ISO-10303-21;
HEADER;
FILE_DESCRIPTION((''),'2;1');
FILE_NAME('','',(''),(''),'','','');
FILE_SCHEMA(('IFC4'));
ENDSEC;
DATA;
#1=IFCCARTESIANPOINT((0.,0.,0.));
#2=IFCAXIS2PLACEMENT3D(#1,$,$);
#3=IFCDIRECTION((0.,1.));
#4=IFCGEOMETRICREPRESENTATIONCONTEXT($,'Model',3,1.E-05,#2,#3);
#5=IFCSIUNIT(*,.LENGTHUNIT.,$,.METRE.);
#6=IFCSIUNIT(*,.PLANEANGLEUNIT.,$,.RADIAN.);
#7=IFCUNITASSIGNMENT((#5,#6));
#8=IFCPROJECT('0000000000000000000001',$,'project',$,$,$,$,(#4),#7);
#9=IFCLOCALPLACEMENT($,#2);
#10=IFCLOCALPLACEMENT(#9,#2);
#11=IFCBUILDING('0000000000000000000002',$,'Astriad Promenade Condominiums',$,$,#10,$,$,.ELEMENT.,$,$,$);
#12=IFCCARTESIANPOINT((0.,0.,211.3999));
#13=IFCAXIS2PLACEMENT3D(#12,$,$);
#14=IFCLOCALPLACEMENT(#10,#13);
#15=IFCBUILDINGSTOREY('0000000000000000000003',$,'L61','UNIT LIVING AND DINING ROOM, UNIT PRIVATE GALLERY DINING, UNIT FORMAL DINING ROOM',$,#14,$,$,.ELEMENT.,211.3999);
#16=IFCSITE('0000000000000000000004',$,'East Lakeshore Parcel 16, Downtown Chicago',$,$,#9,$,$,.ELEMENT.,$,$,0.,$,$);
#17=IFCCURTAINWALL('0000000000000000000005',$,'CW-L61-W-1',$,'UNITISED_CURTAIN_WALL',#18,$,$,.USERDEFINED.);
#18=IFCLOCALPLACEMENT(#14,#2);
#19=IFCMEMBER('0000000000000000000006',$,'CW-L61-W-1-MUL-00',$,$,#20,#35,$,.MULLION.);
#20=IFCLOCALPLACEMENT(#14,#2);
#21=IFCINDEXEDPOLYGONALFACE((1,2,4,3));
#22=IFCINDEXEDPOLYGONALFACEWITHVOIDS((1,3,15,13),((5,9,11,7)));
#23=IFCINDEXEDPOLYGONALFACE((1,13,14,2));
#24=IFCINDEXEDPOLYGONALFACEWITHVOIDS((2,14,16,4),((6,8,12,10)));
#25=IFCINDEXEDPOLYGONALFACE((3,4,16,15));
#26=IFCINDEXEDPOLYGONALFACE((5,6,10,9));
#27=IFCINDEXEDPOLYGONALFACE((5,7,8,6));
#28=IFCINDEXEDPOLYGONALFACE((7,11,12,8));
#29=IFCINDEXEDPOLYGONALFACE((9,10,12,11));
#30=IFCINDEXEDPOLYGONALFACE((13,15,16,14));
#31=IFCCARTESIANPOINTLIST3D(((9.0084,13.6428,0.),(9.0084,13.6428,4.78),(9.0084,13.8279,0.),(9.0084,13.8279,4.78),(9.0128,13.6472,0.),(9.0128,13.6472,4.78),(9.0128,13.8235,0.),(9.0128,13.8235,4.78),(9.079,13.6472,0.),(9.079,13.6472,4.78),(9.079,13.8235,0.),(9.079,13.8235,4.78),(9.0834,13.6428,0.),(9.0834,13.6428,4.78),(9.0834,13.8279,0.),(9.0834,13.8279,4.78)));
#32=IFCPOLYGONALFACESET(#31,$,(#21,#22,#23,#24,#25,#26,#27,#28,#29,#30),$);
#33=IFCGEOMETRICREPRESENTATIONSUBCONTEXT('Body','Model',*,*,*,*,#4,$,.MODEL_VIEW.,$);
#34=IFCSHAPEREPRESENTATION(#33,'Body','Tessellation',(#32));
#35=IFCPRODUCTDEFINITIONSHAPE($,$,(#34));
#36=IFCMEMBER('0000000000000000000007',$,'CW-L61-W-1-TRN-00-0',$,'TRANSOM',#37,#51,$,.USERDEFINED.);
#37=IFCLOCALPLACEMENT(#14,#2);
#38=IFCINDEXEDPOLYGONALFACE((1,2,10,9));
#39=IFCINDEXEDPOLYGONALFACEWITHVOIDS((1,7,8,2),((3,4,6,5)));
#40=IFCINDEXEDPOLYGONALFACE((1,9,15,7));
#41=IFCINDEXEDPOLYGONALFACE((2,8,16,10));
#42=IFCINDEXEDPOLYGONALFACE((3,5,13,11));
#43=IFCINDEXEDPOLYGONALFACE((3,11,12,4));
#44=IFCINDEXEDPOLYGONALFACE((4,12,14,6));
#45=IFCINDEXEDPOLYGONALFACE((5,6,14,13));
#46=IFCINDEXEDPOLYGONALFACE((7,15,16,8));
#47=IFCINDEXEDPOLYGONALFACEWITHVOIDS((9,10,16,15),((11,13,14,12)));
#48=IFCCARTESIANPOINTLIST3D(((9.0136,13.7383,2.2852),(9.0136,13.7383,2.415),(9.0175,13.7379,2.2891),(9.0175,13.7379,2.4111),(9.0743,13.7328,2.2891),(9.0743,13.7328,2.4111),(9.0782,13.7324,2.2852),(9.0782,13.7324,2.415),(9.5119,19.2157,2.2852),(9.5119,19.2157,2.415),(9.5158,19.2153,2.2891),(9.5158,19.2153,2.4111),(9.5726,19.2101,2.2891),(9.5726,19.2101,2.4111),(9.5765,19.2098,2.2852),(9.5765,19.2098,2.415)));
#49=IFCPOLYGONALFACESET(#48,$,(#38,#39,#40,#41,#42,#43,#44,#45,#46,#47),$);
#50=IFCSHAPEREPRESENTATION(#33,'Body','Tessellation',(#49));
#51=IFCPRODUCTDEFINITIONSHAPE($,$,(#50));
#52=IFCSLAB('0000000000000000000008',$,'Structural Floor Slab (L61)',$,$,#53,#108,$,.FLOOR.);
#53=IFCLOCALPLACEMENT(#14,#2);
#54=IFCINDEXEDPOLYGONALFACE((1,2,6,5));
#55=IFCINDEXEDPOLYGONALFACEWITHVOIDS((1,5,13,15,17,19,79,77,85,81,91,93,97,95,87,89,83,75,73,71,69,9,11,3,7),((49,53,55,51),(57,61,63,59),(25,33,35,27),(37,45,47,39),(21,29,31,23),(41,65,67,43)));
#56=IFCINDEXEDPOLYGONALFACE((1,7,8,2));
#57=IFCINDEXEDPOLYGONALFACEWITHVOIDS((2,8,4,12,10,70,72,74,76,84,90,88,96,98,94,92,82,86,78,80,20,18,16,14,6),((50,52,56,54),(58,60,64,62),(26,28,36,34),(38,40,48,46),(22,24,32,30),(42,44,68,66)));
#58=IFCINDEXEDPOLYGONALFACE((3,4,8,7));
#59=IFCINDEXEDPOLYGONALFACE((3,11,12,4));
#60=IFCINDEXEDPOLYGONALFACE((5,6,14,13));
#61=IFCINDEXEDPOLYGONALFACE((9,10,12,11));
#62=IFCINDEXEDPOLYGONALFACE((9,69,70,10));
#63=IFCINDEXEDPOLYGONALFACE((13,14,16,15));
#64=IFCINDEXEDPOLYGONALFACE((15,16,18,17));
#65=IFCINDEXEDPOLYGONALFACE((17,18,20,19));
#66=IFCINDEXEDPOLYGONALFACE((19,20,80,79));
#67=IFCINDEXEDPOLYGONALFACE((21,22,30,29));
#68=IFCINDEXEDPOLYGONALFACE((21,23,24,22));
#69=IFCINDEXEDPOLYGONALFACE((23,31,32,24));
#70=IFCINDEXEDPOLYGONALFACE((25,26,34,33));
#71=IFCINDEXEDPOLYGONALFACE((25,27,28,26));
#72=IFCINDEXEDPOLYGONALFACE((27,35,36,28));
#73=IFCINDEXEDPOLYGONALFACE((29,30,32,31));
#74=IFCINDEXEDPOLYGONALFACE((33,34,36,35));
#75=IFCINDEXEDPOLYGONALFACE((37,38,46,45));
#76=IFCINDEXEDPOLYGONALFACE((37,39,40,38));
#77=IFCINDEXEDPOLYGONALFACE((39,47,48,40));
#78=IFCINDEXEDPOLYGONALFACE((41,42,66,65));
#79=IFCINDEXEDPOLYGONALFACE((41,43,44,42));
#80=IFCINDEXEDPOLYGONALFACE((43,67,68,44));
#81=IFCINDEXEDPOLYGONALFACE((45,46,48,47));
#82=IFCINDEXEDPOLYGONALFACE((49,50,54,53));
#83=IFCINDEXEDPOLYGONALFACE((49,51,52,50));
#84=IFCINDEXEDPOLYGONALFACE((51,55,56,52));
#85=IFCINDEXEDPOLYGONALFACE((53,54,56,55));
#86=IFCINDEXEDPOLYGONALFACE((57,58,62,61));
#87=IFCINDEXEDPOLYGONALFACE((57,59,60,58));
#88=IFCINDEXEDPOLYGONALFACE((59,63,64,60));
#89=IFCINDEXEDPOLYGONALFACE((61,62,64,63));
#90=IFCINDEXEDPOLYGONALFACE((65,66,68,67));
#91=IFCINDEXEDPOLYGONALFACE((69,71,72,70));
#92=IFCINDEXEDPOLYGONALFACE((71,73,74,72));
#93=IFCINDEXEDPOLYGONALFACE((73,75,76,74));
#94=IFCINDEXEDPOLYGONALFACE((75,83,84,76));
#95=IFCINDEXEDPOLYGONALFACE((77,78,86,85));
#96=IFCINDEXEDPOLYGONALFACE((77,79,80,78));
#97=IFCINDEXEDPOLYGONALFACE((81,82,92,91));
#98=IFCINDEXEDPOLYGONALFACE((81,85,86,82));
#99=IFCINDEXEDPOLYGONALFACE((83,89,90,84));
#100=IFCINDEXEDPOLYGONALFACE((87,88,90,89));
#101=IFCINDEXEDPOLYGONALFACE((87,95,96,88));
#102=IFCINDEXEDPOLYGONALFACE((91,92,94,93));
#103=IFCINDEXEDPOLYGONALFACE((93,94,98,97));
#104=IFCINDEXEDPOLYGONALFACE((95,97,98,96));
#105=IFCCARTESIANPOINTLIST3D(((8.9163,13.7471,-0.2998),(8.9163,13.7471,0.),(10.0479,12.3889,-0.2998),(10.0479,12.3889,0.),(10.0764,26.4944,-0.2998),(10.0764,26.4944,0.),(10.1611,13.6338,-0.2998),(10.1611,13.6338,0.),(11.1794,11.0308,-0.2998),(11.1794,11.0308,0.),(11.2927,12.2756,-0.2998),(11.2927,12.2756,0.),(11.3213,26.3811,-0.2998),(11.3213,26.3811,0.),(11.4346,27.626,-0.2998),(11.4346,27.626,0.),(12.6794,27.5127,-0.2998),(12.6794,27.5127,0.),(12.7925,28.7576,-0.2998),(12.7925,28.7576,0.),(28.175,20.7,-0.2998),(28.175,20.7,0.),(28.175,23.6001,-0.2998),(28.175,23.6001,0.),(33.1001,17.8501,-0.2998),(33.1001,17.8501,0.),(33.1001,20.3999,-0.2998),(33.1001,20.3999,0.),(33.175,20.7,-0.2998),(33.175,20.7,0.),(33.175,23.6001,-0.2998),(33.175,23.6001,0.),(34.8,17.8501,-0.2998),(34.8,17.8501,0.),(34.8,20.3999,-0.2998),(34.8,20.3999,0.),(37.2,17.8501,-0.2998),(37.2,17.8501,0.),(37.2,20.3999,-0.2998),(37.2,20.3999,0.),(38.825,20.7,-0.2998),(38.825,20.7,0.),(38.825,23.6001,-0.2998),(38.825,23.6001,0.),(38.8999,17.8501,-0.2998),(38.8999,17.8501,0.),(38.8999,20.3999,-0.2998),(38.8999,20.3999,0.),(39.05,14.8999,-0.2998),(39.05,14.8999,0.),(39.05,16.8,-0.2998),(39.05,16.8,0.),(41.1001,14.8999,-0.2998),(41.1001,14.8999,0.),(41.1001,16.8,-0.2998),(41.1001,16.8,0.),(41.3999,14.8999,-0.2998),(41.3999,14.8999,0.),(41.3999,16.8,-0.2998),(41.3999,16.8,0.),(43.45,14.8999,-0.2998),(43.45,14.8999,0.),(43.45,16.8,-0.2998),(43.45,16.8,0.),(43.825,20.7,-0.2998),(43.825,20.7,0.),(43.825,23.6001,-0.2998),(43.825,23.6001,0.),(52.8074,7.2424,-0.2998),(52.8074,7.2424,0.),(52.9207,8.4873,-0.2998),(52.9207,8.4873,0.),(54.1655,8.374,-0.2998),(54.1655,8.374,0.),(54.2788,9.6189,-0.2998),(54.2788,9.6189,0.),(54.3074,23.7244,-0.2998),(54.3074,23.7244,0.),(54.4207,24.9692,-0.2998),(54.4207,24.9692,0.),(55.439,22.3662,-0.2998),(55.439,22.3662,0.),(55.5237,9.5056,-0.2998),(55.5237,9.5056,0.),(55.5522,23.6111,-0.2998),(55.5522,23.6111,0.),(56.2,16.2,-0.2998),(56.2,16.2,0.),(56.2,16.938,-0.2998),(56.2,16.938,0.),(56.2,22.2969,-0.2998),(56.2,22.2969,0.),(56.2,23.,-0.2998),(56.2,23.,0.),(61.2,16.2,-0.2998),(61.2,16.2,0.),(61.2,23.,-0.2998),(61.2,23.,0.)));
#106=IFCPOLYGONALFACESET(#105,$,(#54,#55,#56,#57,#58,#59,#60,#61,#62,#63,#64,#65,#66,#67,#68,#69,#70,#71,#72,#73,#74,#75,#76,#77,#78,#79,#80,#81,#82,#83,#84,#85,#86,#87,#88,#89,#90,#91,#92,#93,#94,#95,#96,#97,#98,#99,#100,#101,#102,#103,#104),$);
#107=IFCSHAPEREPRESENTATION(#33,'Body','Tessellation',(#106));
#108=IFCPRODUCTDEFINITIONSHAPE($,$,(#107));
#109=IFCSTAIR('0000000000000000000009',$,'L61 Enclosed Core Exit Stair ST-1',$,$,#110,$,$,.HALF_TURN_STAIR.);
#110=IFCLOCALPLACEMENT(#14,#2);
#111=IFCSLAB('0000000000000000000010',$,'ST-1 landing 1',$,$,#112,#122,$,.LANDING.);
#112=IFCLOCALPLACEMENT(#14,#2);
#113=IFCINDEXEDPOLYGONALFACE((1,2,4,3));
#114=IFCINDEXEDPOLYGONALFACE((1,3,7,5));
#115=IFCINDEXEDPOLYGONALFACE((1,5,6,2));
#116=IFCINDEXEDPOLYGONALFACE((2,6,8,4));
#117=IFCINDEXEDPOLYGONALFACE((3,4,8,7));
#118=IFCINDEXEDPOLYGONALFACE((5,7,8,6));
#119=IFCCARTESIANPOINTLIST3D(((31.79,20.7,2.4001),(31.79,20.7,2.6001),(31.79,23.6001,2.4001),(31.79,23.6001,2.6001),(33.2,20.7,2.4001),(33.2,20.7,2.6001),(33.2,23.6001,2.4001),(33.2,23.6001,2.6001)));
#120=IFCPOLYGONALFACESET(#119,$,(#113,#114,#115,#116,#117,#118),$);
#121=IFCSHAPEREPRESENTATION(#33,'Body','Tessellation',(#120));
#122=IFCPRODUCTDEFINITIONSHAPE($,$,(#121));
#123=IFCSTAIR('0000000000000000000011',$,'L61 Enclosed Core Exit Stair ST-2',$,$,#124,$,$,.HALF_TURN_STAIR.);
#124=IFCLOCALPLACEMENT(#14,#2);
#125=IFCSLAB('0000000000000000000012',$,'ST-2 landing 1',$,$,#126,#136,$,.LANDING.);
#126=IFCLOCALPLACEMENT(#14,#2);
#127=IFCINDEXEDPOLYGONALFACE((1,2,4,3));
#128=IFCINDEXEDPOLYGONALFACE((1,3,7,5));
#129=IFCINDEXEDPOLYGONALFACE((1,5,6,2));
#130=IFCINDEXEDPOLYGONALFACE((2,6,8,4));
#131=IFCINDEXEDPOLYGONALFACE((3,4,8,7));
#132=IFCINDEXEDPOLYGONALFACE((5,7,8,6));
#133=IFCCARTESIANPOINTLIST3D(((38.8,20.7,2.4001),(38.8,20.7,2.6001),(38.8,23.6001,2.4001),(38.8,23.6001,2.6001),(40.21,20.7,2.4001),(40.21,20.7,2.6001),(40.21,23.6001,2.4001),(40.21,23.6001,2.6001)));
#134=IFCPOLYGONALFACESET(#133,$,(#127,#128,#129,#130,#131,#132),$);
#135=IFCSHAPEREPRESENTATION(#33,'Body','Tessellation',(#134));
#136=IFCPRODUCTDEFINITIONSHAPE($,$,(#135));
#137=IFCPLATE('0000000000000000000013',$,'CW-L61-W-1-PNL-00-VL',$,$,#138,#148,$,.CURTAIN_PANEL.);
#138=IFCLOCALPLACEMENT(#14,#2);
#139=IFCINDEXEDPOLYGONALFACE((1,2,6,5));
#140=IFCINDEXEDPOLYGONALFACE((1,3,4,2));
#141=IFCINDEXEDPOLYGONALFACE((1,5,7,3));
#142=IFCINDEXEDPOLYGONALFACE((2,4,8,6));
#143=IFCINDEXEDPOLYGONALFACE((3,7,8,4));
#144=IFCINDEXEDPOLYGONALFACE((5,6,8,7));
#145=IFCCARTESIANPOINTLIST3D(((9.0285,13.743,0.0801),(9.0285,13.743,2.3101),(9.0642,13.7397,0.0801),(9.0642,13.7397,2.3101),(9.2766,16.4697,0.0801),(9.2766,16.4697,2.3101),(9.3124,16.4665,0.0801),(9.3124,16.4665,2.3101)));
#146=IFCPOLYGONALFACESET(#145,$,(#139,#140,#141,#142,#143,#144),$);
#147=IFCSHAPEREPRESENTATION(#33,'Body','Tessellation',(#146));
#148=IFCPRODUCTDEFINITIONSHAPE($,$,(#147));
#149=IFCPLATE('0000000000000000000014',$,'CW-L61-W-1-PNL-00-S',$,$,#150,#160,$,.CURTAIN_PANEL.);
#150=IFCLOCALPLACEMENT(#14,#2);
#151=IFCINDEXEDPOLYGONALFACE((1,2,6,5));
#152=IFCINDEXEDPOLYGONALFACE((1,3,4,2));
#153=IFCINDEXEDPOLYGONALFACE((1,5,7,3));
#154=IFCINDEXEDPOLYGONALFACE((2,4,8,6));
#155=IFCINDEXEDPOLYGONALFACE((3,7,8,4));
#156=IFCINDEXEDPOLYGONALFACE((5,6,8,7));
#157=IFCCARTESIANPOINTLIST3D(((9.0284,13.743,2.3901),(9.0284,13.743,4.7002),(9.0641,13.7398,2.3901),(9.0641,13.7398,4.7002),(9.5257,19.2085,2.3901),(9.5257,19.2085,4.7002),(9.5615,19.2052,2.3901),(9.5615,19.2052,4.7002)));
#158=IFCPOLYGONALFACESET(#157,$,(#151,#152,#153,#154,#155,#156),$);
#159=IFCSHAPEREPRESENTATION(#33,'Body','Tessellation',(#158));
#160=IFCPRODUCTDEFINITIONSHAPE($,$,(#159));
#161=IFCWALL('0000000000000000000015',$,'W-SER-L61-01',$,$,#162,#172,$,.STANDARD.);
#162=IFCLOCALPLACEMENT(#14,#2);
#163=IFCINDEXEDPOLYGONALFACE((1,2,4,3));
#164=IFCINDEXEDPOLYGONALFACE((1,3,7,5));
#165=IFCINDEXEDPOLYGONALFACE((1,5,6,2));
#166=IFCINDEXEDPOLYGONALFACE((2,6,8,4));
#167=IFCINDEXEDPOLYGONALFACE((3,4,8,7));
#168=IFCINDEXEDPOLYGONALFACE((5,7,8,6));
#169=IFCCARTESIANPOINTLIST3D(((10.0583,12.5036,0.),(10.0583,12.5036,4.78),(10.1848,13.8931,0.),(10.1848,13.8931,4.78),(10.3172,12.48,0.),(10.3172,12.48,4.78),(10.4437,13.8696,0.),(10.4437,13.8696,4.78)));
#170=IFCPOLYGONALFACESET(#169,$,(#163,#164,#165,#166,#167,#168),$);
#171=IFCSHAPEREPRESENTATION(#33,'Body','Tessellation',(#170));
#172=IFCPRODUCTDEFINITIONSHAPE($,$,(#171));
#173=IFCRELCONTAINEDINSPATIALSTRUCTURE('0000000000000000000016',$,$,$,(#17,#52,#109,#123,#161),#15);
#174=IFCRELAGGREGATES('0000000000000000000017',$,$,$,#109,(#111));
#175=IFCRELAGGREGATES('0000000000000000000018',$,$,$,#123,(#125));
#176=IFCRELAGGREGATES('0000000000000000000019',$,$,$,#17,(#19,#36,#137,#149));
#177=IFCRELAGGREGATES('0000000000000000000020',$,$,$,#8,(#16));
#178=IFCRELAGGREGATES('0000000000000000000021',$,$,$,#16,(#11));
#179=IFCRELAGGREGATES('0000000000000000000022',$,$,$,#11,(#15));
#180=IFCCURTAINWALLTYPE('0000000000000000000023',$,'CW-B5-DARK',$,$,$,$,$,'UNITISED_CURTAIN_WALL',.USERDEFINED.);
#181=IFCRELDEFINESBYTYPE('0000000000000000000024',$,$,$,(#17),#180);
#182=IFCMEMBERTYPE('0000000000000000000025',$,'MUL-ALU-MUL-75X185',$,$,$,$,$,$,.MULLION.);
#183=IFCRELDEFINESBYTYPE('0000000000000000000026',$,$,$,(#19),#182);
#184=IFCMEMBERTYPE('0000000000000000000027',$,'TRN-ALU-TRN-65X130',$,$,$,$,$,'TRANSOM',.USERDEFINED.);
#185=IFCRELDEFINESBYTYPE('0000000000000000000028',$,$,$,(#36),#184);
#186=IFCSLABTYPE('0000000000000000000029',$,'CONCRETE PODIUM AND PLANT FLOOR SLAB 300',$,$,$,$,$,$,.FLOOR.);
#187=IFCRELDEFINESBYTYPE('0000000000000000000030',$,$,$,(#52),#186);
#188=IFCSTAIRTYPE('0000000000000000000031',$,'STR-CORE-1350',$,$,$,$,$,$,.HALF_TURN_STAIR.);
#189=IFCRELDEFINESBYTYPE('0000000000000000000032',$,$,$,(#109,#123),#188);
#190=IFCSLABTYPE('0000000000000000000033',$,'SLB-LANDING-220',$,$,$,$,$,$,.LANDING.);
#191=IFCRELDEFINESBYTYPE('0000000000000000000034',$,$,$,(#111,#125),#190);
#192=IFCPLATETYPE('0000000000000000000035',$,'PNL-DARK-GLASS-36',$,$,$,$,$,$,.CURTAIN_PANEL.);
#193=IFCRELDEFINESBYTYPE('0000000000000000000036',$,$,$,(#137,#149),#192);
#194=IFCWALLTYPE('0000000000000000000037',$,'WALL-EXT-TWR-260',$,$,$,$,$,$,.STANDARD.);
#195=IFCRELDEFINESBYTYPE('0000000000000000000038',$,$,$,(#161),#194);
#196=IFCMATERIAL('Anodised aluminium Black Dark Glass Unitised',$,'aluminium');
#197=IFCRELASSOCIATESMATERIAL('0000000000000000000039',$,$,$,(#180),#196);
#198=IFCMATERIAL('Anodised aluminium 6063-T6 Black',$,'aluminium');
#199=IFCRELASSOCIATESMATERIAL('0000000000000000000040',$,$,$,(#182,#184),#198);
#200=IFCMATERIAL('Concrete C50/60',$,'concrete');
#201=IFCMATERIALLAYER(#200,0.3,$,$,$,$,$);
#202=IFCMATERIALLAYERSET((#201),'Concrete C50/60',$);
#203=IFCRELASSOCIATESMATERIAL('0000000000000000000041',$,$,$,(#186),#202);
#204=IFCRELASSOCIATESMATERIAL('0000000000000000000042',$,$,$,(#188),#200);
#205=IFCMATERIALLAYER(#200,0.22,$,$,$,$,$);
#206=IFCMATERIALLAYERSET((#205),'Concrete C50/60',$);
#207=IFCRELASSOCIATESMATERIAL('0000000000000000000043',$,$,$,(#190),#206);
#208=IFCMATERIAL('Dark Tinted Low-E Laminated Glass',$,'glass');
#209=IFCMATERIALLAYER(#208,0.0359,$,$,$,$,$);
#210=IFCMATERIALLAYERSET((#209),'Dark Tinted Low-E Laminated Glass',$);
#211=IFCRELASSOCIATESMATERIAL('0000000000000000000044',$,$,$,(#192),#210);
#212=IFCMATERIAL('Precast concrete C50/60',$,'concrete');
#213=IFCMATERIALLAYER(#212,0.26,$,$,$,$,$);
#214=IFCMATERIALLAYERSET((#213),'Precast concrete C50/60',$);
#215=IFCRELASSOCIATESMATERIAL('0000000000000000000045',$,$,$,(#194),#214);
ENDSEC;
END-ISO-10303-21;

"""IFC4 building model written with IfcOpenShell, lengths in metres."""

from ifc_helpers import new_model, si_unit, direction, frame, frame_2d, origin, origin_2d, place, context, subcontext, project, spatial, polyline, rectangle, hollow_rectangle, outline, extrude, source, transform, mapped, material, layer, layer_set, material_profile, profile_set, type_object, type_shapes, element, aggregate, save


model = new_model("IFC4")

# Units and contexts
model_context = context("Model", 3, precision=1e-05, world=origin(), true_north=direction((0.0, 1.0)))
body_context = subcontext(model_context, "Body", "Model", "MODEL_VIEW")
ifc_project = project(units=[si_unit("LENGTHUNIT", "METRE"), si_unit("PLANEANGLEUNIT", "RADIAN")], contexts=[model_context])

# Site, building, storey
site_placement = place(None, origin())
site = spatial("IfcSite", under=ifc_project, at=site_placement, Name="East Lakeshore Parcel 16, Downtown Chicago", CompositionType="ELEMENT", RefElevation=0.0)
building_placement = place(site_placement, origin())
building = spatial("IfcBuilding", under=site, at=building_placement, Name="Astriad Promenade Condominiums", CompositionType="ELEMENT")
storey_placement = place(building_placement, frame((0.0, 0.0, 211.3999)))
storey = spatial("IfcBuildingStorey", under=building, at=storey_placement, Name="L61", Description="UNIT LIVING AND DINING ROOM, UNIT PRIVATE GALLERY DINING, UNIT FORMAL DINING ROOM", CompositionType="ELEMENT", Elevation=211.3999)

# Curtain wall, members
ifc_material_1 = material(Name="Anodised aluminium Black Dark Glass Unitised", Category="aluminium")
curtain_wall_type = type_object("IfcCurtainWallType", Name="CW-B5-DARK", ElementType="UNITISED_CURTAIN_WALL", PredefinedType="USERDEFINED", material=ifc_material_1)
curtain_wall_placement = place(storey_placement, origin())
curtain_wall = element("IfcCurtainWall", 1, at=curtain_wall_placement, inside=storey, type_object=curtain_wall_type, Name="CW-L61-W-1", ObjectType="UNITISED_CURTAIN_WALL", PredefinedType="USERDEFINED")
ifc_material_2 = material(Name="Anodised aluminium 6063-T6 Black", Category="aluminium")
ifc_material_profile_1 = material_profile(ifc_material_2, hollow_rectangle(XDim=0.075, YDim=0.1851, WallThickness=0.0044, at=origin_2d()), Name="ALU-MUL-75X185")
ifc_profile_set_1 = profile_set([ifc_material_profile_1], Name="Anodised aluminium 6063-T6 Black")
member_type_1 = type_object("IfcMemberType", Name="MUL-ALU-MUL-75X185", PredefinedType="MULLION", material=ifc_profile_set_1)
shared_shape_1 = source(origin(), body_context, "Body", "SweptSolid", [
    extrude(hollow_rectangle(XDim=0.075, YDim=0.1851, WallThickness=0.0044, at=origin_2d()), origin(), (0.0, 0.0, 1.0), 4.78),
])
type_shapes(member_type_1, [shared_shape_1])
member_1_placement = place(storey_placement, frame((9.0459, 13.7354, 0.0), z_axis=(0.0, 0.0, 1.0), x_axis=(1.0, 0.0, 0.0)))
member_1 = element("IfcMember", 2, at=member_1_placement, type_object=member_type_1, Name="CW-L61-W-1-MUL-00", PredefinedType="MULLION", context=body_context, shape_type="MappedRepresentation", body=[
    mapped(shared_shape_1, transform((0.0, 0.0, 0.0), scale=1.0)),
])
ifc_material_profile_2 = material_profile(ifc_material_2, hollow_rectangle(XDim=0.0649, YDim=0.1299, WallThickness=0.0039, at=origin_2d()), Name="ALU-TRN-65X130")
ifc_profile_set_2 = profile_set([ifc_material_profile_2], Name="Anodised aluminium 6063-T6 Black")
member_type_2 = type_object("IfcMemberType", Name="TRN-ALU-TRN-65X130", ElementType="TRANSOM", PredefinedType="USERDEFINED", material=ifc_profile_set_2)
shared_shape_2 = source(origin(), body_context, "Body", "SweptSolid", [
    extrude(hollow_rectangle(XDim=0.0649, YDim=0.1299, WallThickness=0.0039, at=origin_2d()), origin(), (0.0, 0.0, 1.0), 5.5),
])
type_shapes(member_type_2, [shared_shape_2])
member_2_placement = place(storey_placement, frame((9.0459, 13.7354, 2.3501), z_axis=(0.0906, 0.995887, 0.0), x_axis=(-0.995887, 0.0906, 0.0)))
member_2 = element("IfcMember", 3, at=member_2_placement, type_object=member_type_2, Name="CW-L61-W-1-TRN-00-0", ObjectType="TRANSOM", PredefinedType="USERDEFINED", context=body_context, shape_type="MappedRepresentation", body=[
    mapped(shared_shape_2, transform((0.0, 0.0, 0.0), scale=1.0)),
])

# Slab
ifc_material_3 = material(Name="Concrete C50/60", Category="concrete")
ifc_layer_1 = layer(ifc_material_3, 0.3)
ifc_layer_set_1 = layer_set([ifc_layer_1], Name="Concrete C50/60")
slab_type_1 = type_object("IfcSlabType", Name="CONCRETE PODIUM AND PLANT FLOOR SLAB 300", PredefinedType="FLOOR", material=ifc_layer_set_1)
slab_1_placement = place(storey_placement, frame((0.0, 0.0, -0.2998)))
element("IfcSlab", 4, at=slab_1_placement, inside=storey, type_object=slab_type_1, Name="Structural Floor Slab (L61)", PredefinedType="FLOOR", context=body_context, shape_type="SweptSolid", body=[
    extrude(outline(polyline([(56.2, 16.938), (56.2, 16.2), (61.2, 16.2), (61.2, 23.0), (56.2, 23.0), (56.2, 22.2969), (55.439, 22.3662), (55.5522, 23.6111), (54.3074, 23.7244), (54.4207, 24.9692), (12.7925, 28.7576), (12.6794, 27.5127), (11.4346, 27.626), (11.3213, 26.3811), (10.0764, 26.4944), (8.9163, 13.7471), (10.1611, 13.6338), (10.0479, 12.3889), (11.2927, 12.2756), (11.1794, 11.0308), (52.8074, 7.2424), (52.9207, 8.4873), (54.1655, 8.374), (54.2788, 9.6189), (55.5237, 9.5056), (56.2, 16.938)]), holes=[polyline([(28.175, 20.7), (33.175, 20.7), (33.175, 23.6001), (28.175, 23.6001), (28.175, 20.7)]), polyline([(38.825, 20.7), (43.825, 20.7), (43.825, 23.6001), (38.825, 23.6001), (38.825, 20.7)]), polyline([(33.1001, 17.8501), (34.8, 17.8501), (34.8, 20.3999), (33.1001, 20.3999), (33.1001, 17.8501)]), polyline([(37.2, 17.8501), (38.8999, 17.8501), (38.8999, 20.3999), (37.2, 20.3999), (37.2, 17.8501)]), polyline([(39.05, 14.8999), (41.1001, 14.8999), (41.1001, 16.8), (39.05, 16.8), (39.05, 14.8999)]), polyline([(41.3999, 14.8999), (43.45, 14.8999), (43.45, 16.8), (41.3999, 16.8), (41.3999, 14.8999)])]), origin(), (0.0, 0.0, 1.0), 0.2998),
])

# Stairs, slabs
stair_type = type_object("IfcStairType", Name="STR-CORE-1350", PredefinedType="HALF_TURN_STAIR", material=ifc_material_3)
stair_1_placement = place(storey_placement, origin())
stair_1 = element("IfcStair", 5, at=stair_1_placement, inside=storey, type_object=stair_type, Name="L61 Enclosed Core Exit Stair ST-1", PredefinedType="HALF_TURN_STAIR")
ifc_layer_2 = layer(ifc_material_3, 0.22)
ifc_layer_set_2 = layer_set([ifc_layer_2], Name="Concrete C50/60")
slab_type_2 = type_object("IfcSlabType", Name="SLB-LANDING-220", PredefinedType="LANDING", material=ifc_layer_set_2)
slab_2_placement = place(storey_placement, frame((0.0, 0.0, 2.4001)))
slab_2 = element("IfcSlab", 6, at=slab_2_placement, type_object=slab_type_2, Name="ST-1 landing 1", PredefinedType="LANDING", context=body_context, shape_type="SweptSolid", body=[
    extrude(outline(polyline([(31.79, 20.7), (33.2, 20.7), (33.2, 23.6001), (31.79, 23.6001), (31.79, 20.7)])), origin(), (0.0, 0.0, 1.0), 0.2),
])
aggregate(stair_1, [slab_2])
stair_2_placement = place(storey_placement, origin())
stair_2 = element("IfcStair", 7, at=stair_2_placement, inside=storey, type_object=stair_type, Name="L61 Enclosed Core Exit Stair ST-2", PredefinedType="HALF_TURN_STAIR")
slab_3_placement = place(storey_placement, frame((0.0, 0.0, 2.4001)))
slab_3 = element("IfcSlab", 8, at=slab_3_placement, type_object=slab_type_2, Name="ST-2 landing 1", PredefinedType="LANDING", context=body_context, shape_type="SweptSolid", body=[
    extrude(outline(polyline([(40.21, 23.6001), (38.8, 23.6001), (38.8, 20.7), (40.21, 20.7), (40.21, 23.6001)])), origin(), (0.0, 0.0, 1.0), 0.2),
])
aggregate(stair_2, [slab_3])

# Plates
ifc_material_4 = material(Name="Dark Tinted Low-E Laminated Glass", Category="glass")
ifc_layer_3 = layer(ifc_material_4, 0.0359)
ifc_layer_set_3 = layer_set([ifc_layer_3], Name="Dark Tinted Low-E Laminated Glass")
plate_type = type_object("IfcPlateType", Name="PNL-DARK-GLASS-36", PredefinedType="CURTAIN_PANEL", material=ifc_layer_set_3)
shared_shape_3 = source(origin(), body_context, "Body", "SweptSolid", [
    extrude(rectangle(XDim=2.738, YDim=0.0359, at=origin_2d()), origin(), (0.0, 0.0, 1.0), 2.23),
])
plate_1_placement = place(storey_placement, frame((9.1704, 15.1047, 0.0801), z_axis=(0.0, 0.0, 1.0), x_axis=(0.090633, 0.995884, 0.0)))
plate_1 = element("IfcPlate", 9, at=plate_1_placement, type_object=plate_type, Name="CW-L61-W-1-PNL-00-VL", PredefinedType="CURTAIN_PANEL", context=body_context, shape_type="MappedRepresentation", body=[
    mapped(shared_shape_3, transform((0.0, 0.0, 0.0), scale=1.0)),
])
shared_shape_4 = source(origin(), body_context, "Body", "SweptSolid", [
    extrude(rectangle(XDim=5.488, YDim=0.0359, at=origin_2d()), origin(), (0.0, 0.0, 1.0), 2.3101),
])
type_shapes(plate_type, [shared_shape_3, shared_shape_4])
plate_2_placement = place(storey_placement, frame((9.2949, 16.4741, 2.3901), z_axis=(0.0, 0.0, 1.0), x_axis=(0.090633, 0.995884, 0.0)))
plate_2 = element("IfcPlate", 10, at=plate_2_placement, type_object=plate_type, Name="CW-L61-W-1-PNL-00-S", PredefinedType="CURTAIN_PANEL", context=body_context, shape_type="MappedRepresentation", body=[
    mapped(shared_shape_4, transform((0.0, 0.0, 0.0), scale=1.0)),
])
aggregate(curtain_wall, [member_1, member_2, plate_1, plate_2])

# Wall
ifc_material_5 = material(Name="Precast concrete C50/60", Category="concrete")
ifc_layer_4 = layer(ifc_material_5, 0.26)
ifc_layer_set_4 = layer_set([ifc_layer_4], Name="Precast concrete C50/60")
wall_type = type_object("IfcWallType", Name="WALL-EXT-TWR-260", PredefinedType="STANDARD", material=ifc_layer_set_4)
wall_placement = place(storey_placement, frame((10.1877, 12.4917, 0.0), z_axis=(0.0, 0.0, 1.0), x_axis=(0.090646, 0.995883, 0.0)))
element("IfcWall", 11, at=wall_placement, inside=storey, type_object=wall_type, Name="W-SER-L61-01", PredefinedType="STANDARD", context=body_context, shape_type="SweptSolid", body=[
    extrude(rectangle(XDim=1.3953, YDim=0.26, at=frame_2d((0.6978, 0.0))), origin(), (0.0, 0.0, 1.0), 4.78),
])

save(model, "model.ifc")
